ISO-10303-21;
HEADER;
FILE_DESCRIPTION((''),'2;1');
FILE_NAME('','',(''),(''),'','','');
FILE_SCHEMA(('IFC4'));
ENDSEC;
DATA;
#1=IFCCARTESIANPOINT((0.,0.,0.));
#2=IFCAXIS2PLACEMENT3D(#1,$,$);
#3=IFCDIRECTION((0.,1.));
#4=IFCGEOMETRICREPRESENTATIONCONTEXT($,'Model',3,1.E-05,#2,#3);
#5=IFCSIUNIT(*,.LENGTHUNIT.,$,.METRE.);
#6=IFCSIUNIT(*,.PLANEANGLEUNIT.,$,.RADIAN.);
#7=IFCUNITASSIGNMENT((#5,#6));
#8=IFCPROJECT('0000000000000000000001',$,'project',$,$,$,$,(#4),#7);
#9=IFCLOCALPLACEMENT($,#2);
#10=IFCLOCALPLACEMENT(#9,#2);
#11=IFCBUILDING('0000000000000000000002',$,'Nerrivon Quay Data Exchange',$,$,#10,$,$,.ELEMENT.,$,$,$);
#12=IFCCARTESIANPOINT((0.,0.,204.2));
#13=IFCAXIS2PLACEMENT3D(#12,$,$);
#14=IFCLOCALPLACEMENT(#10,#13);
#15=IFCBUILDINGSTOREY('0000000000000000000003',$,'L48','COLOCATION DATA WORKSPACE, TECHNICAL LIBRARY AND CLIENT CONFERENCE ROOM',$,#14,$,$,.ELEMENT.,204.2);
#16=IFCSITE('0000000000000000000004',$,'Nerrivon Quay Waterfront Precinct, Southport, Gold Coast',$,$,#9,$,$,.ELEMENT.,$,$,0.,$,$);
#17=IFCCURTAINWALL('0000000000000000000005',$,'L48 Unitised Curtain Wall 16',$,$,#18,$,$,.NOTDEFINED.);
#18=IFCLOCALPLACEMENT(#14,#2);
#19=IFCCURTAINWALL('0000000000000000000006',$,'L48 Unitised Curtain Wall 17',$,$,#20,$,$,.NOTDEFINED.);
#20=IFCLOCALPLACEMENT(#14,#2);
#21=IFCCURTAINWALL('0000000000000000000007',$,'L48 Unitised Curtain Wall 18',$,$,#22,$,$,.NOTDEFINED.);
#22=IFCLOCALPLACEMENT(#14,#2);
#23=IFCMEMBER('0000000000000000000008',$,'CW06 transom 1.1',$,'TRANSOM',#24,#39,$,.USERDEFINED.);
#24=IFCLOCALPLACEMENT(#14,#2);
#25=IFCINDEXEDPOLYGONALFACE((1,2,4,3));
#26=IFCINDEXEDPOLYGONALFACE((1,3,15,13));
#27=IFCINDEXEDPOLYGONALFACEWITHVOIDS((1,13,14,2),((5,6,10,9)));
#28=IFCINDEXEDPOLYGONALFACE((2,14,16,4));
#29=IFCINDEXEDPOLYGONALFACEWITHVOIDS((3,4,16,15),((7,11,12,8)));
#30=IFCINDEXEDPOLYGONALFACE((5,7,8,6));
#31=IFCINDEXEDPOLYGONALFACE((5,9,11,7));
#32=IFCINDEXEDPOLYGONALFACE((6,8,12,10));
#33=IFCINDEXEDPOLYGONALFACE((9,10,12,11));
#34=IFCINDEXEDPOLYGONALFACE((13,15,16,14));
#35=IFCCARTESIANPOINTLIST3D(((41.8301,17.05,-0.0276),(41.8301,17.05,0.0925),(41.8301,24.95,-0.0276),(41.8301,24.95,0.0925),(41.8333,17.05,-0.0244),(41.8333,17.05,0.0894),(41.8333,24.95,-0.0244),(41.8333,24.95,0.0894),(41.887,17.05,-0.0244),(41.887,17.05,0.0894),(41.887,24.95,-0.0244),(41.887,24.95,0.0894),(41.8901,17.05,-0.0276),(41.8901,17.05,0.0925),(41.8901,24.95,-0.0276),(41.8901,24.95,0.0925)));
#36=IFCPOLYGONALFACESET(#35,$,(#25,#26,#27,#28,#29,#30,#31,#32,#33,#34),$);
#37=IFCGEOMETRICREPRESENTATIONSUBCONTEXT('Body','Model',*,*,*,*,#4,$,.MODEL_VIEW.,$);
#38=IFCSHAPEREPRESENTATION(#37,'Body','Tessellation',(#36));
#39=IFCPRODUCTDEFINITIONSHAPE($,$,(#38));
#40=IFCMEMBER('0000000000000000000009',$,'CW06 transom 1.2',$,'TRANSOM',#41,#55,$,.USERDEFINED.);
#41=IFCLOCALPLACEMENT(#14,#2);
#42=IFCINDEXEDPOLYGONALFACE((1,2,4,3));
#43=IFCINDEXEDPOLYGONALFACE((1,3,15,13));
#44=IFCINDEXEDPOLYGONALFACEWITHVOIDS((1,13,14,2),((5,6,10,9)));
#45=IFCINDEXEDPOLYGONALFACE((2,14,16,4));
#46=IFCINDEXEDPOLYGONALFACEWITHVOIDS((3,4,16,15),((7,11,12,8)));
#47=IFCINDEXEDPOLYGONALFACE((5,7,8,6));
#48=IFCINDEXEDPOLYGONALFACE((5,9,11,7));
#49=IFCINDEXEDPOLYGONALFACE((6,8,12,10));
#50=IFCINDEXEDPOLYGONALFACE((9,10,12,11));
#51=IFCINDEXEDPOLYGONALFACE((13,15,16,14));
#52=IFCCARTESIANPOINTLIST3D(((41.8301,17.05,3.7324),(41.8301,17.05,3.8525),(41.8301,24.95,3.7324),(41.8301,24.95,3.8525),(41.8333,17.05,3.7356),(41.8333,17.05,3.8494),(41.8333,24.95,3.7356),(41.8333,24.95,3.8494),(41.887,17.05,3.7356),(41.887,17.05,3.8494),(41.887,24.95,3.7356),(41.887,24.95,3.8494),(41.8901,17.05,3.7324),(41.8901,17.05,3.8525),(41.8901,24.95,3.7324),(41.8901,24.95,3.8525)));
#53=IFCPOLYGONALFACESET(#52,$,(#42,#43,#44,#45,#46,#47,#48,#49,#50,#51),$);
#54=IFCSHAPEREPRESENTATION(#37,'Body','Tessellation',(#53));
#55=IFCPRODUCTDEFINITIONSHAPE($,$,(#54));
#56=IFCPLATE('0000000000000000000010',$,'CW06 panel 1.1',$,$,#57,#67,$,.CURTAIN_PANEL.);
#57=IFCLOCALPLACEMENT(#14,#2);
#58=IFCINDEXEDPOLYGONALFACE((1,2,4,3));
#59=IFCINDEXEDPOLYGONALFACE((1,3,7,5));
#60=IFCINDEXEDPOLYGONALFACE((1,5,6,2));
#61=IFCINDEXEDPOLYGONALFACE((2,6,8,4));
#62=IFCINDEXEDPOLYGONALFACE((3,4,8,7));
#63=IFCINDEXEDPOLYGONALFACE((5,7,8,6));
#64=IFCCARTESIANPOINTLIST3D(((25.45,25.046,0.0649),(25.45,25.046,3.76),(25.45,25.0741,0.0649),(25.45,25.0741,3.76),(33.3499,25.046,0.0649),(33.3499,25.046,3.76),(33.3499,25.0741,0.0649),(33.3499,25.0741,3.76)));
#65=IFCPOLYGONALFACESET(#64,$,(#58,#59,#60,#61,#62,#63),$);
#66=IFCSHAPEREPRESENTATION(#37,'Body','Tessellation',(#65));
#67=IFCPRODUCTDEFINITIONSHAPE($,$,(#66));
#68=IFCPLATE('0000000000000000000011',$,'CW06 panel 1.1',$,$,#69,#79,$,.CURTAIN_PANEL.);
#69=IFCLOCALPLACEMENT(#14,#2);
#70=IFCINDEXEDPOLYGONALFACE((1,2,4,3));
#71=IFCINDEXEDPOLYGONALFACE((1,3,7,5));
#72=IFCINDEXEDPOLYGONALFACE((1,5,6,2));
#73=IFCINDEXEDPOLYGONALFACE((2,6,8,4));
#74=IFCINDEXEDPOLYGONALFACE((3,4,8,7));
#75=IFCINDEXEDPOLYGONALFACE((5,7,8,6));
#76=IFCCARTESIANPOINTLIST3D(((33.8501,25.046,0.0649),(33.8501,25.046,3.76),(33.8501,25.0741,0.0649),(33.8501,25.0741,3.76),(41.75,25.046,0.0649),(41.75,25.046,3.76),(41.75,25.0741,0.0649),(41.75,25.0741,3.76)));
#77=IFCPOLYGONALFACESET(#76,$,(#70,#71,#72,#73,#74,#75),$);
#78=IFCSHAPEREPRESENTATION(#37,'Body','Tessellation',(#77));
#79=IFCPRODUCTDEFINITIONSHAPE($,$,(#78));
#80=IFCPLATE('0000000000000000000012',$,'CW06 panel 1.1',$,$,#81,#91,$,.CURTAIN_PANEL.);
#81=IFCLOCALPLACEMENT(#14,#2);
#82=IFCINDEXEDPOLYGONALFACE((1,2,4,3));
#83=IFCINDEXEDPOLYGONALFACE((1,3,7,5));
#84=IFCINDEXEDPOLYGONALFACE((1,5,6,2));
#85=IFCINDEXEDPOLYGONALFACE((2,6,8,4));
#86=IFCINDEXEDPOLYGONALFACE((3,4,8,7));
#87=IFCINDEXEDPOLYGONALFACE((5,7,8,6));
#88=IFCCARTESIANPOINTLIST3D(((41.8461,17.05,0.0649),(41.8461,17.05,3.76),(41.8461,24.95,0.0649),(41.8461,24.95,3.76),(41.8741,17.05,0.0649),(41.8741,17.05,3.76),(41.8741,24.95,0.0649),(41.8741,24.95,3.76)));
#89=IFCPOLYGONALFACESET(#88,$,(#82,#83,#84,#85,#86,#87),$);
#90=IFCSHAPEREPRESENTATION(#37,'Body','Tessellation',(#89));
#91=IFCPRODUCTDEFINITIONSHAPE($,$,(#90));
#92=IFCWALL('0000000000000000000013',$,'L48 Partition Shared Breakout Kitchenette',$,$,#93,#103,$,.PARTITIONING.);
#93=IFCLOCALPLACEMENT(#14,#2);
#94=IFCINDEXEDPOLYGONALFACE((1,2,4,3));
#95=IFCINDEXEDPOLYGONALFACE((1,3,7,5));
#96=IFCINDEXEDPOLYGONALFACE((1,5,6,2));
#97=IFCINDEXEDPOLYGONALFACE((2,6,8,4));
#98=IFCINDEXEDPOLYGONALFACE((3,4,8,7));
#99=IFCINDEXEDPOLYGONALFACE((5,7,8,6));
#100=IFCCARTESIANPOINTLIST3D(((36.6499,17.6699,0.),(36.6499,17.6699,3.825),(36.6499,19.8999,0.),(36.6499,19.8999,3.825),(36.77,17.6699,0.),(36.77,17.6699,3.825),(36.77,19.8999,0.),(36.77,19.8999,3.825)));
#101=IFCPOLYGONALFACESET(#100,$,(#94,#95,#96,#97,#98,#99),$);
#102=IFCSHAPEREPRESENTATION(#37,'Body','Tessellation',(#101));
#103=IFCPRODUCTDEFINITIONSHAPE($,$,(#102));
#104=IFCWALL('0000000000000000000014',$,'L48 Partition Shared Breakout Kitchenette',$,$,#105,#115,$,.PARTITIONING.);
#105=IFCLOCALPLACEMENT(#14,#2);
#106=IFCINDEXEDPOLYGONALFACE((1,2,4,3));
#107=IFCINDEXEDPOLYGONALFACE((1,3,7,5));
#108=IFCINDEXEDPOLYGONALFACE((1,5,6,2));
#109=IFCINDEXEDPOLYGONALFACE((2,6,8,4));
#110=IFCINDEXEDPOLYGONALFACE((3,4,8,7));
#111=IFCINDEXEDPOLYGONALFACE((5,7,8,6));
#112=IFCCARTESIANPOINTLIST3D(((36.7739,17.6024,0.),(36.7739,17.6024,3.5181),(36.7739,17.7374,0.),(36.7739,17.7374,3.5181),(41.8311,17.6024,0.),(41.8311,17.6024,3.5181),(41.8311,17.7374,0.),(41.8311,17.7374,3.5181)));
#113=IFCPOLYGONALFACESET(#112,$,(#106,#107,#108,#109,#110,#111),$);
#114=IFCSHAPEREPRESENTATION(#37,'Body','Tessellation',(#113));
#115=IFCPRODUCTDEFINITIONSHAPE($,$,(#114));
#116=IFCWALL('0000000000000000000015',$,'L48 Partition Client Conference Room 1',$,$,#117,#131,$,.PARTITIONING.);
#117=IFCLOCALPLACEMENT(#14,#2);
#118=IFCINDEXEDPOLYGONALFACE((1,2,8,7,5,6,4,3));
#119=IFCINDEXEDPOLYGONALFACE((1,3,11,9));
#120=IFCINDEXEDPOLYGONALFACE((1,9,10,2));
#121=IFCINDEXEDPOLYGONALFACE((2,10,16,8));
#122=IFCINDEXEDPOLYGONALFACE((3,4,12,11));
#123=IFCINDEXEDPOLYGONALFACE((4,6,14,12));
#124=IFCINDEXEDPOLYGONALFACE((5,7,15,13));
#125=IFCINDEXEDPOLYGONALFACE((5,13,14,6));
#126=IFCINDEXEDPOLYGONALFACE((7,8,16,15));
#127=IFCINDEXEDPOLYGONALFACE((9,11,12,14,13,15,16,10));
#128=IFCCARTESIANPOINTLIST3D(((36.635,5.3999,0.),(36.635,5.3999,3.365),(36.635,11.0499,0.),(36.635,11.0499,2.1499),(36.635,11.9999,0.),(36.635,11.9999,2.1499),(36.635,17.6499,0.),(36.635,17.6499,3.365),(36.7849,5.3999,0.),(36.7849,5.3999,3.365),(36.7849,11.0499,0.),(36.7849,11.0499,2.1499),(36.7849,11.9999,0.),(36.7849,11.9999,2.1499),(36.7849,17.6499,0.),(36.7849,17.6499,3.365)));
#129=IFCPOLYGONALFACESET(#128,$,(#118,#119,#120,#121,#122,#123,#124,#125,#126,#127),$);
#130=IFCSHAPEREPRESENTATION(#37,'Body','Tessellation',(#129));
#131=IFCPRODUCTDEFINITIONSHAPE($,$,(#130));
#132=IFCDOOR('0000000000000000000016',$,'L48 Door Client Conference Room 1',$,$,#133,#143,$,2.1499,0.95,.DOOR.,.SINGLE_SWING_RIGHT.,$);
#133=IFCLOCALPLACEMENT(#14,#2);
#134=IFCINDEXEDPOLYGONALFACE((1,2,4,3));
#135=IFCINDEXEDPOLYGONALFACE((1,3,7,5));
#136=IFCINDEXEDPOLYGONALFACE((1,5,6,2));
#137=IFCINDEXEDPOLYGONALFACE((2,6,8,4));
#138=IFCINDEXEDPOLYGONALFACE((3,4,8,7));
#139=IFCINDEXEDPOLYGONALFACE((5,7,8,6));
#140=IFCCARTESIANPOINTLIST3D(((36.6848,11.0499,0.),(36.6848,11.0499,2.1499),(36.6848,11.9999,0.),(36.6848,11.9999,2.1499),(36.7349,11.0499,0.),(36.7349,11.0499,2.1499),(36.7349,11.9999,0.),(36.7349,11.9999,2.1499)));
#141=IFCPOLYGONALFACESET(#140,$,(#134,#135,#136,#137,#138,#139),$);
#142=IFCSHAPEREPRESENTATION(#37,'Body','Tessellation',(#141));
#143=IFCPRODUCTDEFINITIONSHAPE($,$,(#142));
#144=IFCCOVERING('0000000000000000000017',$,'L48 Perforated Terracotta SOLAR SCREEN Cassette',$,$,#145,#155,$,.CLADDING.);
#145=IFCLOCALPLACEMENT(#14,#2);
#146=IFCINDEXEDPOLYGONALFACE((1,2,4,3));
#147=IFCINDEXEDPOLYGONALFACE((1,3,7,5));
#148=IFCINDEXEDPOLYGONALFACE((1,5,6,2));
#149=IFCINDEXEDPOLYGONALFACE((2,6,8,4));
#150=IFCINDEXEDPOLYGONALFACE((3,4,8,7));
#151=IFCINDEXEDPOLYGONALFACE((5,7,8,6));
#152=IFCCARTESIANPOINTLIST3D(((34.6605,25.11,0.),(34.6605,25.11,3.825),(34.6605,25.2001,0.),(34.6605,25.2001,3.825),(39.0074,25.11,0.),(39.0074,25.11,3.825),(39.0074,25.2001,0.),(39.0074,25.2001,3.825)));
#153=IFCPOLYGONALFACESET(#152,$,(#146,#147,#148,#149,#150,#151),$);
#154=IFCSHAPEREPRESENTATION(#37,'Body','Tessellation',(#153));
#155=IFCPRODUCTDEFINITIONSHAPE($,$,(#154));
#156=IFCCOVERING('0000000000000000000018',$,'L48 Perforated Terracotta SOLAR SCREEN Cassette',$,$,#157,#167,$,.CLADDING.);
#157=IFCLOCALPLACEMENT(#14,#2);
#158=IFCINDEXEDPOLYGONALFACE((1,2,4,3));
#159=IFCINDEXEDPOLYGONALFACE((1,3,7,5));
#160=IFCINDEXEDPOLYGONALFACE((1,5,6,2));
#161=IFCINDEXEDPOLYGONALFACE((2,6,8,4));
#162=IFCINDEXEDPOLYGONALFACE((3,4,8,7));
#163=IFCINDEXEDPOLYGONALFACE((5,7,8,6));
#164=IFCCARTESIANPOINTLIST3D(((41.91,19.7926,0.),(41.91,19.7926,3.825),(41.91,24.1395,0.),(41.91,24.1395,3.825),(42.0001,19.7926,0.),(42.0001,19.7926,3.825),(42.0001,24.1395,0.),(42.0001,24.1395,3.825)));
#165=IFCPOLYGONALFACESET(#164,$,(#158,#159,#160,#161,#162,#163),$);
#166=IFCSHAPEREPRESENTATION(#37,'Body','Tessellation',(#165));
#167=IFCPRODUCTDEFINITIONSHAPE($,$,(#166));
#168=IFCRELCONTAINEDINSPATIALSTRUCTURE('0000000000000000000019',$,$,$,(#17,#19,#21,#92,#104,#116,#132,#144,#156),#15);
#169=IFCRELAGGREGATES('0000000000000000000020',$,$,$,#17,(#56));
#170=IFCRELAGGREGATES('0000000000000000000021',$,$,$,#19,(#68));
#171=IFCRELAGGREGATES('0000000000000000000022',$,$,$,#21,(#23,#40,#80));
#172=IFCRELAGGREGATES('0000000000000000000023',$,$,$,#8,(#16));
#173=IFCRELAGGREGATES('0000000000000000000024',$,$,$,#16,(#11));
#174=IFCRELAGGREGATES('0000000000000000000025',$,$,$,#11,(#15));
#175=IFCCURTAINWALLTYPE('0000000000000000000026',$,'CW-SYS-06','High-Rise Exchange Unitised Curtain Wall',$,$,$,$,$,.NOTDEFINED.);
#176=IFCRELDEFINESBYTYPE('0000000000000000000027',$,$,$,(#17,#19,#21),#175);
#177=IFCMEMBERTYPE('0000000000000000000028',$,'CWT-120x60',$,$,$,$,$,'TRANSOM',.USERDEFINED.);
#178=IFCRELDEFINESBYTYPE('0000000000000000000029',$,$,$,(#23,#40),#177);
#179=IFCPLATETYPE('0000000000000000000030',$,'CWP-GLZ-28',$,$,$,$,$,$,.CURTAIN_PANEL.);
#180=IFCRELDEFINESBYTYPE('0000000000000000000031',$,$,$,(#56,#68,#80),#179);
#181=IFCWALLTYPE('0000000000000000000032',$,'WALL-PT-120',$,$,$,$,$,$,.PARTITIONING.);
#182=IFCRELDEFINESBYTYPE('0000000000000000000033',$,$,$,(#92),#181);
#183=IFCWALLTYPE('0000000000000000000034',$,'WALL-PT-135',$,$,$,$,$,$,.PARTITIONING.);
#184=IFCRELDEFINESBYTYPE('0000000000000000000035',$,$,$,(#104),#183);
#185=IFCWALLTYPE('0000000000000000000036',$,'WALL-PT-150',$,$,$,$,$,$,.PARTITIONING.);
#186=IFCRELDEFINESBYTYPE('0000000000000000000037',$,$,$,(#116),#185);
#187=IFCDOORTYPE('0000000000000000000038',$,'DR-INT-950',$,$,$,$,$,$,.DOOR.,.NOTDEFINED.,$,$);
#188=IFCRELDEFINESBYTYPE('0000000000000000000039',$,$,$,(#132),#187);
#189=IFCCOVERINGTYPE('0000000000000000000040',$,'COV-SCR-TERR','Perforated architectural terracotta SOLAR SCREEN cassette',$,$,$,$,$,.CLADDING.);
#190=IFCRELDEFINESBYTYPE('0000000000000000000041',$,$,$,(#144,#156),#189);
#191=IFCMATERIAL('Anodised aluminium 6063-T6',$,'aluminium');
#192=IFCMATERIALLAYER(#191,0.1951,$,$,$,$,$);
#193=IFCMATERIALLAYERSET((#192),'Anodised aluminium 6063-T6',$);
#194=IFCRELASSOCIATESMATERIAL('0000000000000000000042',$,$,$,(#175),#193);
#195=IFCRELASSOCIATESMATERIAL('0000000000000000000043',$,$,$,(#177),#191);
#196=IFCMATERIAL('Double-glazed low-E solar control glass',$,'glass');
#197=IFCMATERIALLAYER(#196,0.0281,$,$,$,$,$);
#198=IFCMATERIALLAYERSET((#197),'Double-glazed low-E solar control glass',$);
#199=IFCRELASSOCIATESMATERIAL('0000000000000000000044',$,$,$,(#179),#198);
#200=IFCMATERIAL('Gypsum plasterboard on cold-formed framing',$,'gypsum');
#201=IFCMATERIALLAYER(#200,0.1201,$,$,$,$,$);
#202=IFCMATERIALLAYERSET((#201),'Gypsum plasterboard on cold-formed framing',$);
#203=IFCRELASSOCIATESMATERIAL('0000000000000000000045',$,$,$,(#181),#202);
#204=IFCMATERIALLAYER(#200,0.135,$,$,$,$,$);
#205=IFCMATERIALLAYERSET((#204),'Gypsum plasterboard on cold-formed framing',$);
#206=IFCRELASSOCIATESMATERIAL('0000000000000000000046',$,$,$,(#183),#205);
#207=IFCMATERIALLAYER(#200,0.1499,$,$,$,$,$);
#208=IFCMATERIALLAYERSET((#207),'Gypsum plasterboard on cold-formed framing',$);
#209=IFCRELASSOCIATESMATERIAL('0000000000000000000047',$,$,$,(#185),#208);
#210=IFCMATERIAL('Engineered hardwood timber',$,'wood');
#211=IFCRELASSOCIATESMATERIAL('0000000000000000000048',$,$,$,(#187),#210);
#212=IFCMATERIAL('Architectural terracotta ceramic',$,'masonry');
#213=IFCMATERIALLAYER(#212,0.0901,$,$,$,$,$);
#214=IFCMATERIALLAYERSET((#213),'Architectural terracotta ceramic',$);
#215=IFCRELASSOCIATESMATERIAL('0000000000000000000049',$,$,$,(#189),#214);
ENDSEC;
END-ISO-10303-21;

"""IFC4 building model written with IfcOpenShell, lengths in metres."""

from ifc_helpers import new_model, si_unit, direction, frame, frame_2d, origin, origin_2d, place, context, subcontext, project, spatial, rectangle, hollow_rectangle, extrude, material, layer, layer_set, material_profile, profile_set, type_object, element, fill, aggregate, save


model = new_model("IFC4")

# Units and contexts
model_context = context("Model", 3, precision=1e-05, world=origin(), true_north=direction((0.0, 1.0)))
body_context = subcontext(model_context, "Body", "Model", "MODEL_VIEW")
ifc_project = project(units=[si_unit("LENGTHUNIT", "METRE"), si_unit("PLANEANGLEUNIT", "RADIAN")], contexts=[model_context])

# Site, building, storey
site_placement = place(None, origin())
site = spatial("IfcSite", under=ifc_project, at=site_placement, Name="Nerrivon Quay Waterfront Precinct, Southport, Gold Coast", CompositionType="ELEMENT", RefElevation=0.0)
building_placement = place(site_placement, origin())
building = spatial("IfcBuilding", under=site, at=building_placement, Name="Nerrivon Quay Data Exchange", CompositionType="ELEMENT")
storey_placement = place(building_placement, frame((0.0, 0.0, 204.2)))
storey = spatial("IfcBuildingStorey", under=building, at=storey_placement, Name="L48", Description="COLOCATION DATA WORKSPACE, TECHNICAL LIBRARY AND CLIENT CONFERENCE ROOM", CompositionType="ELEMENT", Elevation=204.2)

# Curtain wall
ifc_material_1 = material(Name="Anodised aluminium 6063-T6", Category="aluminium")
ifc_layer_1 = layer(ifc_material_1, 0.1951)
ifc_layer_set_1 = layer_set([ifc_layer_1], Name="Anodised aluminium 6063-T6")
curtain_wall_type = type_object("IfcCurtainWallType", Name="CW-SYS-06", Description="High-Rise Exchange Unitised Curtain Wall", PredefinedType="NOTDEFINED", material=ifc_layer_set_1)
curtain_wall_1_placement = place(storey_placement, origin())
curtain_wall_1 = element("IfcCurtainWall", 1, at=curtain_wall_1_placement, inside=storey, type_object=curtain_wall_type, Name="L48 Unitised Curtain Wall 16", PredefinedType="NOTDEFINED")

# Curtain walls
curtain_wall_2_placement = place(storey_placement, origin())
curtain_wall_2 = element("IfcCurtainWall", 2, at=curtain_wall_2_placement, inside=storey, type_object=curtain_wall_type, Name="L48 Unitised Curtain Wall 17", PredefinedType="NOTDEFINED")
curtain_wall_3_placement = place(storey_placement, origin())
curtain_wall_3 = element("IfcCurtainWall", 3, at=curtain_wall_3_placement, inside=storey, type_object=curtain_wall_type, Name="L48 Unitised Curtain Wall 18", PredefinedType="NOTDEFINED")

# Members
ifc_material_profile_1 = material_profile(ifc_material_1, hollow_rectangle(XDim=0.0601, YDim=0.1201, WallThickness=0.0032, at=origin_2d()), Name="ALU-TRAN-120x60")
ifc_profile_set_1 = profile_set([ifc_material_profile_1], Name="Anodised aluminium 6063-T6")
member_type_1 = type_object("IfcMemberType", Name="CWT-120x60", ElementType="TRANSOM", PredefinedType="USERDEFINED", material=ifc_profile_set_1)
member_1_placement = place(storey_placement, frame((41.8601, 24.95, 0.0325), z_axis=(0.0, -1.0, 0.0), x_axis=(1.0, 0.0, 0.0)))
member_1 = element("IfcMember", 4, at=member_1_placement, type_object=member_type_1, Name="CW06 transom 1.1", ObjectType="TRANSOM", PredefinedType="USERDEFINED", context=body_context, shape_type="SweptSolid", body=[
    extrude(hollow_rectangle(XDim=0.0601, YDim=0.1201, WallThickness=0.0032, at=origin_2d()), origin(), (0.0, 0.0, 1.0), 7.8999),
])
member_2_placement = place(storey_placement, frame((41.8601, 24.95, 3.7925), z_axis=(0.0, -1.0, 0.0), x_axis=(1.0, 0.0, 0.0)))
member_2 = element("IfcMember", 5, at=member_2_placement, type_object=member_type_1, Name="CW06 transom 1.2", ObjectType="TRANSOM", PredefinedType="USERDEFINED", context=body_context, shape_type="SweptSolid", body=[
    extrude(hollow_rectangle(XDim=0.0601, YDim=0.1201, WallThickness=0.0032, at=origin_2d()), origin(), (0.0, 0.0, 1.0), 7.8999),
])

# Plates
ifc_material_2 = material(Name="Double-glazed low-E solar control glass", Category="glass")
ifc_layer_2 = layer(ifc_material_2, 0.0281)
ifc_layer_set_2 = layer_set([ifc_layer_2], Name="Double-glazed low-E solar control glass")
plate_type = type_object("IfcPlateType", Name="CWP-GLZ-28", PredefinedType="CURTAIN_PANEL", material=ifc_layer_set_2)
plate_1_placement = place(storey_placement, frame((29.3999, 25.0601, 0.0649), z_axis=(0.0, 0.0, 1.0), x_axis=(1.0, 0.0, 0.0)))
plate_1 = element("IfcPlate", 6, at=plate_1_placement, type_object=plate_type, Name="CW06 panel 1.1", PredefinedType="CURTAIN_PANEL", context=body_context, shape_type="SweptSolid", body=[
    extrude(rectangle(XDim=7.8999, YDim=0.0281, at=origin_2d()), origin(), (0.0, 0.0, 1.0), 3.6951),
])
aggregate(curtain_wall_1, [plate_1])
plate_2_placement = place(storey_placement, frame((37.8, 25.0601, 0.0649), z_axis=(0.0, 0.0, 1.0), x_axis=(1.0, 0.0, 0.0)))
plate_2 = element("IfcPlate", 7, at=plate_2_placement, type_object=plate_type, Name="CW06 panel 1.1", PredefinedType="CURTAIN_PANEL", context=body_context, shape_type="SweptSolid", body=[
    extrude(rectangle(XDim=7.8999, YDim=0.0281, at=origin_2d()), origin(), (0.0, 0.0, 1.0), 3.6951),
])
aggregate(curtain_wall_2, [plate_2])
plate_3_placement = place(storey_placement, frame((41.8601, 21.0, 0.0649), z_axis=(0.0, 0.0, 1.0), x_axis=(0.0, -1.0, 0.0)))
plate_3 = element("IfcPlate", 8, at=plate_3_placement, type_object=plate_type, Name="CW06 panel 1.1", PredefinedType="CURTAIN_PANEL", context=body_context, shape_type="SweptSolid", body=[
    extrude(rectangle(XDim=7.8999, YDim=0.0281, at=origin_2d()), origin(), (0.0, 0.0, 1.0), 3.6951),
])
aggregate(curtain_wall_3, [member_1, member_2, plate_3])

# Walls
ifc_material_3 = material(Name="Gypsum plasterboard on cold-formed framing", Category="gypsum")
ifc_layer_3 = layer(ifc_material_3, 0.1201)
ifc_layer_set_3 = layer_set([ifc_layer_3], Name="Gypsum plasterboard on cold-formed framing")
wall_type_1 = type_object("IfcWallType", Name="WALL-PT-120", PredefinedType="PARTITIONING", material=ifc_layer_set_3)
wall_1_placement = place(storey_placement, frame((36.71, 19.8999, 0.0), z_axis=(0.0, 0.0, 1.0), x_axis=(0.0, -1.0, 0.0)))
element("IfcWall", 9, at=wall_1_placement, inside=storey, type_object=wall_type_1, Name="L48 Partition Shared Breakout Kitchenette", PredefinedType="PARTITIONING", context=body_context, shape_type="SweptSolid", body=[
    extrude(rectangle(XDim=2.23, YDim=0.1201, at=frame_2d((1.115, 0.0))), origin(), (0.0, 0.0, 1.0), 3.825),
])
ifc_layer_4 = layer(ifc_material_3, 0.135)
ifc_layer_set_4 = layer_set([ifc_layer_4], Name="Gypsum plasterboard on cold-formed framing")
wall_type_2 = type_object("IfcWallType", Name="WALL-PT-135", PredefinedType="PARTITIONING", material=ifc_layer_set_4)
wall_2_placement = place(storey_placement, frame((36.7739, 17.6699, 0.0), z_axis=(0.0, 0.0, 1.0), x_axis=(1.0, 0.0, 0.0)))
element("IfcWall", 10, at=wall_2_placement, inside=storey, type_object=wall_type_2, Name="L48 Partition Shared Breakout Kitchenette", PredefinedType="PARTITIONING", context=body_context, shape_type="SweptSolid", body=[
    extrude(rectangle(XDim=5.0571, YDim=0.135, at=frame_2d((2.5286, 0.0))), origin(), (0.0, 0.0, 1.0), 3.5181),
])

# Wall, opening, door
ifc_layer_5 = layer(ifc_material_3, 0.1499)
ifc_layer_set_5 = layer_set([ifc_layer_5], Name="Gypsum plasterboard on cold-formed framing")
wall_type_3 = type_object("IfcWallType", Name="WALL-PT-150", PredefinedType="PARTITIONING", material=ifc_layer_set_5)
wall_3_placement = place(storey_placement, frame((36.71, 17.6499, 0.0), z_axis=(0.0, 0.0, 1.0), x_axis=(0.0, -1.0, 0.0)))
wall_3 = element("IfcWall", 11, at=wall_3_placement, inside=storey, type_object=wall_type_3, Name="L48 Partition Client Conference Room 1", PredefinedType="PARTITIONING", context=body_context, shape_type="SweptSolid", body=[
    extrude(rectangle(XDim=12.25, YDim=0.1499, at=frame_2d((6.125, 0.0))), origin(), (0.0, 0.0, 1.0), 3.365),
])
opening_placement = place(wall_3_placement, frame((5.6499, 0.0, 0.0)))
opening = element("IfcOpeningElement", 12, at=opening_placement, cuts=wall_3, PredefinedType="OPENING", context=body_context, shape_type="SweptSolid", body=[
    extrude(rectangle(XDim=0.95, YDim=2.1499, at=frame_2d((0.4751, 1.075))), frame((0.0, 0.085, 0.0), z_axis=(0.0, -1.0, 0.0), x_axis=(1.0, 0.0, 0.0)), (0.0, 0.0, 1.0), 0.1699),
])
ifc_material_4 = material(Name="Engineered hardwood timber", Category="wood")
door_type = type_object("IfcDoorType", Name="DR-INT-950", OperationType="NOTDEFINED", PredefinedType="DOOR", material=ifc_material_4)
door_placement = place(opening_placement, origin())
door = element("IfcDoor", 13, at=door_placement, inside=storey, type_object=door_type, Name="L48 Door Client Conference Room 1", OperationType="SINGLE_SWING_RIGHT", OverallHeight=2.1499, OverallWidth=0.95, PredefinedType="DOOR", context=body_context, shape_type="SweptSolid", body=[
    extrude(rectangle(XDim=0.95, YDim=2.1499, at=frame_2d((0.4751, 1.075))), frame((0.0, 0.0249, 0.0), z_axis=(0.0, -1.0, 0.0), x_axis=(1.0, 0.0, 0.0)), (0.0, 0.0, 1.0), 0.05),
])
fill(opening, door)

# Coverings
ifc_material_5 = material(Name="Architectural terracotta ceramic", Category="masonry")
ifc_layer_6 = layer(ifc_material_5, 0.0901)
ifc_layer_set_6 = layer_set([ifc_layer_6], Name="Architectural terracotta ceramic")
covering_type = type_object("IfcCoveringType", Name="COV-SCR-TERR", Description="Perforated architectural terracotta SOLAR SCREEN cassette", PredefinedType="CLADDING", material=ifc_layer_set_6)
for number, where, z_axis, x_axis, name in (
    (14, (36.834, 25.155, 0.0), (0.0, 0.0, 1.0), (1.0, 0.0, 0.0), "L48 Perforated Terracotta SOLAR SCREEN Cassette"),
    (15, (41.9551, 21.9661, 0.0), (0.0, 0.0, 1.0), (0.0, -1.0, 0.0), "L48 Perforated Terracotta SOLAR SCREEN Cassette"),
):
    element("IfcCovering", number, at=place(storey_placement, frame(where, z_axis=z_axis, x_axis=x_axis)), inside=storey, type_object=covering_type, Name=name, PredefinedType="CLADDING", context=body_context, shape_type="SweptSolid", body=[
        extrude(rectangle(XDim=4.3469, YDim=0.0901, at=origin_2d()), origin(), (0.0, 0.0, 1.0), 3.825),
    ])

save(model, "model.ifc")
